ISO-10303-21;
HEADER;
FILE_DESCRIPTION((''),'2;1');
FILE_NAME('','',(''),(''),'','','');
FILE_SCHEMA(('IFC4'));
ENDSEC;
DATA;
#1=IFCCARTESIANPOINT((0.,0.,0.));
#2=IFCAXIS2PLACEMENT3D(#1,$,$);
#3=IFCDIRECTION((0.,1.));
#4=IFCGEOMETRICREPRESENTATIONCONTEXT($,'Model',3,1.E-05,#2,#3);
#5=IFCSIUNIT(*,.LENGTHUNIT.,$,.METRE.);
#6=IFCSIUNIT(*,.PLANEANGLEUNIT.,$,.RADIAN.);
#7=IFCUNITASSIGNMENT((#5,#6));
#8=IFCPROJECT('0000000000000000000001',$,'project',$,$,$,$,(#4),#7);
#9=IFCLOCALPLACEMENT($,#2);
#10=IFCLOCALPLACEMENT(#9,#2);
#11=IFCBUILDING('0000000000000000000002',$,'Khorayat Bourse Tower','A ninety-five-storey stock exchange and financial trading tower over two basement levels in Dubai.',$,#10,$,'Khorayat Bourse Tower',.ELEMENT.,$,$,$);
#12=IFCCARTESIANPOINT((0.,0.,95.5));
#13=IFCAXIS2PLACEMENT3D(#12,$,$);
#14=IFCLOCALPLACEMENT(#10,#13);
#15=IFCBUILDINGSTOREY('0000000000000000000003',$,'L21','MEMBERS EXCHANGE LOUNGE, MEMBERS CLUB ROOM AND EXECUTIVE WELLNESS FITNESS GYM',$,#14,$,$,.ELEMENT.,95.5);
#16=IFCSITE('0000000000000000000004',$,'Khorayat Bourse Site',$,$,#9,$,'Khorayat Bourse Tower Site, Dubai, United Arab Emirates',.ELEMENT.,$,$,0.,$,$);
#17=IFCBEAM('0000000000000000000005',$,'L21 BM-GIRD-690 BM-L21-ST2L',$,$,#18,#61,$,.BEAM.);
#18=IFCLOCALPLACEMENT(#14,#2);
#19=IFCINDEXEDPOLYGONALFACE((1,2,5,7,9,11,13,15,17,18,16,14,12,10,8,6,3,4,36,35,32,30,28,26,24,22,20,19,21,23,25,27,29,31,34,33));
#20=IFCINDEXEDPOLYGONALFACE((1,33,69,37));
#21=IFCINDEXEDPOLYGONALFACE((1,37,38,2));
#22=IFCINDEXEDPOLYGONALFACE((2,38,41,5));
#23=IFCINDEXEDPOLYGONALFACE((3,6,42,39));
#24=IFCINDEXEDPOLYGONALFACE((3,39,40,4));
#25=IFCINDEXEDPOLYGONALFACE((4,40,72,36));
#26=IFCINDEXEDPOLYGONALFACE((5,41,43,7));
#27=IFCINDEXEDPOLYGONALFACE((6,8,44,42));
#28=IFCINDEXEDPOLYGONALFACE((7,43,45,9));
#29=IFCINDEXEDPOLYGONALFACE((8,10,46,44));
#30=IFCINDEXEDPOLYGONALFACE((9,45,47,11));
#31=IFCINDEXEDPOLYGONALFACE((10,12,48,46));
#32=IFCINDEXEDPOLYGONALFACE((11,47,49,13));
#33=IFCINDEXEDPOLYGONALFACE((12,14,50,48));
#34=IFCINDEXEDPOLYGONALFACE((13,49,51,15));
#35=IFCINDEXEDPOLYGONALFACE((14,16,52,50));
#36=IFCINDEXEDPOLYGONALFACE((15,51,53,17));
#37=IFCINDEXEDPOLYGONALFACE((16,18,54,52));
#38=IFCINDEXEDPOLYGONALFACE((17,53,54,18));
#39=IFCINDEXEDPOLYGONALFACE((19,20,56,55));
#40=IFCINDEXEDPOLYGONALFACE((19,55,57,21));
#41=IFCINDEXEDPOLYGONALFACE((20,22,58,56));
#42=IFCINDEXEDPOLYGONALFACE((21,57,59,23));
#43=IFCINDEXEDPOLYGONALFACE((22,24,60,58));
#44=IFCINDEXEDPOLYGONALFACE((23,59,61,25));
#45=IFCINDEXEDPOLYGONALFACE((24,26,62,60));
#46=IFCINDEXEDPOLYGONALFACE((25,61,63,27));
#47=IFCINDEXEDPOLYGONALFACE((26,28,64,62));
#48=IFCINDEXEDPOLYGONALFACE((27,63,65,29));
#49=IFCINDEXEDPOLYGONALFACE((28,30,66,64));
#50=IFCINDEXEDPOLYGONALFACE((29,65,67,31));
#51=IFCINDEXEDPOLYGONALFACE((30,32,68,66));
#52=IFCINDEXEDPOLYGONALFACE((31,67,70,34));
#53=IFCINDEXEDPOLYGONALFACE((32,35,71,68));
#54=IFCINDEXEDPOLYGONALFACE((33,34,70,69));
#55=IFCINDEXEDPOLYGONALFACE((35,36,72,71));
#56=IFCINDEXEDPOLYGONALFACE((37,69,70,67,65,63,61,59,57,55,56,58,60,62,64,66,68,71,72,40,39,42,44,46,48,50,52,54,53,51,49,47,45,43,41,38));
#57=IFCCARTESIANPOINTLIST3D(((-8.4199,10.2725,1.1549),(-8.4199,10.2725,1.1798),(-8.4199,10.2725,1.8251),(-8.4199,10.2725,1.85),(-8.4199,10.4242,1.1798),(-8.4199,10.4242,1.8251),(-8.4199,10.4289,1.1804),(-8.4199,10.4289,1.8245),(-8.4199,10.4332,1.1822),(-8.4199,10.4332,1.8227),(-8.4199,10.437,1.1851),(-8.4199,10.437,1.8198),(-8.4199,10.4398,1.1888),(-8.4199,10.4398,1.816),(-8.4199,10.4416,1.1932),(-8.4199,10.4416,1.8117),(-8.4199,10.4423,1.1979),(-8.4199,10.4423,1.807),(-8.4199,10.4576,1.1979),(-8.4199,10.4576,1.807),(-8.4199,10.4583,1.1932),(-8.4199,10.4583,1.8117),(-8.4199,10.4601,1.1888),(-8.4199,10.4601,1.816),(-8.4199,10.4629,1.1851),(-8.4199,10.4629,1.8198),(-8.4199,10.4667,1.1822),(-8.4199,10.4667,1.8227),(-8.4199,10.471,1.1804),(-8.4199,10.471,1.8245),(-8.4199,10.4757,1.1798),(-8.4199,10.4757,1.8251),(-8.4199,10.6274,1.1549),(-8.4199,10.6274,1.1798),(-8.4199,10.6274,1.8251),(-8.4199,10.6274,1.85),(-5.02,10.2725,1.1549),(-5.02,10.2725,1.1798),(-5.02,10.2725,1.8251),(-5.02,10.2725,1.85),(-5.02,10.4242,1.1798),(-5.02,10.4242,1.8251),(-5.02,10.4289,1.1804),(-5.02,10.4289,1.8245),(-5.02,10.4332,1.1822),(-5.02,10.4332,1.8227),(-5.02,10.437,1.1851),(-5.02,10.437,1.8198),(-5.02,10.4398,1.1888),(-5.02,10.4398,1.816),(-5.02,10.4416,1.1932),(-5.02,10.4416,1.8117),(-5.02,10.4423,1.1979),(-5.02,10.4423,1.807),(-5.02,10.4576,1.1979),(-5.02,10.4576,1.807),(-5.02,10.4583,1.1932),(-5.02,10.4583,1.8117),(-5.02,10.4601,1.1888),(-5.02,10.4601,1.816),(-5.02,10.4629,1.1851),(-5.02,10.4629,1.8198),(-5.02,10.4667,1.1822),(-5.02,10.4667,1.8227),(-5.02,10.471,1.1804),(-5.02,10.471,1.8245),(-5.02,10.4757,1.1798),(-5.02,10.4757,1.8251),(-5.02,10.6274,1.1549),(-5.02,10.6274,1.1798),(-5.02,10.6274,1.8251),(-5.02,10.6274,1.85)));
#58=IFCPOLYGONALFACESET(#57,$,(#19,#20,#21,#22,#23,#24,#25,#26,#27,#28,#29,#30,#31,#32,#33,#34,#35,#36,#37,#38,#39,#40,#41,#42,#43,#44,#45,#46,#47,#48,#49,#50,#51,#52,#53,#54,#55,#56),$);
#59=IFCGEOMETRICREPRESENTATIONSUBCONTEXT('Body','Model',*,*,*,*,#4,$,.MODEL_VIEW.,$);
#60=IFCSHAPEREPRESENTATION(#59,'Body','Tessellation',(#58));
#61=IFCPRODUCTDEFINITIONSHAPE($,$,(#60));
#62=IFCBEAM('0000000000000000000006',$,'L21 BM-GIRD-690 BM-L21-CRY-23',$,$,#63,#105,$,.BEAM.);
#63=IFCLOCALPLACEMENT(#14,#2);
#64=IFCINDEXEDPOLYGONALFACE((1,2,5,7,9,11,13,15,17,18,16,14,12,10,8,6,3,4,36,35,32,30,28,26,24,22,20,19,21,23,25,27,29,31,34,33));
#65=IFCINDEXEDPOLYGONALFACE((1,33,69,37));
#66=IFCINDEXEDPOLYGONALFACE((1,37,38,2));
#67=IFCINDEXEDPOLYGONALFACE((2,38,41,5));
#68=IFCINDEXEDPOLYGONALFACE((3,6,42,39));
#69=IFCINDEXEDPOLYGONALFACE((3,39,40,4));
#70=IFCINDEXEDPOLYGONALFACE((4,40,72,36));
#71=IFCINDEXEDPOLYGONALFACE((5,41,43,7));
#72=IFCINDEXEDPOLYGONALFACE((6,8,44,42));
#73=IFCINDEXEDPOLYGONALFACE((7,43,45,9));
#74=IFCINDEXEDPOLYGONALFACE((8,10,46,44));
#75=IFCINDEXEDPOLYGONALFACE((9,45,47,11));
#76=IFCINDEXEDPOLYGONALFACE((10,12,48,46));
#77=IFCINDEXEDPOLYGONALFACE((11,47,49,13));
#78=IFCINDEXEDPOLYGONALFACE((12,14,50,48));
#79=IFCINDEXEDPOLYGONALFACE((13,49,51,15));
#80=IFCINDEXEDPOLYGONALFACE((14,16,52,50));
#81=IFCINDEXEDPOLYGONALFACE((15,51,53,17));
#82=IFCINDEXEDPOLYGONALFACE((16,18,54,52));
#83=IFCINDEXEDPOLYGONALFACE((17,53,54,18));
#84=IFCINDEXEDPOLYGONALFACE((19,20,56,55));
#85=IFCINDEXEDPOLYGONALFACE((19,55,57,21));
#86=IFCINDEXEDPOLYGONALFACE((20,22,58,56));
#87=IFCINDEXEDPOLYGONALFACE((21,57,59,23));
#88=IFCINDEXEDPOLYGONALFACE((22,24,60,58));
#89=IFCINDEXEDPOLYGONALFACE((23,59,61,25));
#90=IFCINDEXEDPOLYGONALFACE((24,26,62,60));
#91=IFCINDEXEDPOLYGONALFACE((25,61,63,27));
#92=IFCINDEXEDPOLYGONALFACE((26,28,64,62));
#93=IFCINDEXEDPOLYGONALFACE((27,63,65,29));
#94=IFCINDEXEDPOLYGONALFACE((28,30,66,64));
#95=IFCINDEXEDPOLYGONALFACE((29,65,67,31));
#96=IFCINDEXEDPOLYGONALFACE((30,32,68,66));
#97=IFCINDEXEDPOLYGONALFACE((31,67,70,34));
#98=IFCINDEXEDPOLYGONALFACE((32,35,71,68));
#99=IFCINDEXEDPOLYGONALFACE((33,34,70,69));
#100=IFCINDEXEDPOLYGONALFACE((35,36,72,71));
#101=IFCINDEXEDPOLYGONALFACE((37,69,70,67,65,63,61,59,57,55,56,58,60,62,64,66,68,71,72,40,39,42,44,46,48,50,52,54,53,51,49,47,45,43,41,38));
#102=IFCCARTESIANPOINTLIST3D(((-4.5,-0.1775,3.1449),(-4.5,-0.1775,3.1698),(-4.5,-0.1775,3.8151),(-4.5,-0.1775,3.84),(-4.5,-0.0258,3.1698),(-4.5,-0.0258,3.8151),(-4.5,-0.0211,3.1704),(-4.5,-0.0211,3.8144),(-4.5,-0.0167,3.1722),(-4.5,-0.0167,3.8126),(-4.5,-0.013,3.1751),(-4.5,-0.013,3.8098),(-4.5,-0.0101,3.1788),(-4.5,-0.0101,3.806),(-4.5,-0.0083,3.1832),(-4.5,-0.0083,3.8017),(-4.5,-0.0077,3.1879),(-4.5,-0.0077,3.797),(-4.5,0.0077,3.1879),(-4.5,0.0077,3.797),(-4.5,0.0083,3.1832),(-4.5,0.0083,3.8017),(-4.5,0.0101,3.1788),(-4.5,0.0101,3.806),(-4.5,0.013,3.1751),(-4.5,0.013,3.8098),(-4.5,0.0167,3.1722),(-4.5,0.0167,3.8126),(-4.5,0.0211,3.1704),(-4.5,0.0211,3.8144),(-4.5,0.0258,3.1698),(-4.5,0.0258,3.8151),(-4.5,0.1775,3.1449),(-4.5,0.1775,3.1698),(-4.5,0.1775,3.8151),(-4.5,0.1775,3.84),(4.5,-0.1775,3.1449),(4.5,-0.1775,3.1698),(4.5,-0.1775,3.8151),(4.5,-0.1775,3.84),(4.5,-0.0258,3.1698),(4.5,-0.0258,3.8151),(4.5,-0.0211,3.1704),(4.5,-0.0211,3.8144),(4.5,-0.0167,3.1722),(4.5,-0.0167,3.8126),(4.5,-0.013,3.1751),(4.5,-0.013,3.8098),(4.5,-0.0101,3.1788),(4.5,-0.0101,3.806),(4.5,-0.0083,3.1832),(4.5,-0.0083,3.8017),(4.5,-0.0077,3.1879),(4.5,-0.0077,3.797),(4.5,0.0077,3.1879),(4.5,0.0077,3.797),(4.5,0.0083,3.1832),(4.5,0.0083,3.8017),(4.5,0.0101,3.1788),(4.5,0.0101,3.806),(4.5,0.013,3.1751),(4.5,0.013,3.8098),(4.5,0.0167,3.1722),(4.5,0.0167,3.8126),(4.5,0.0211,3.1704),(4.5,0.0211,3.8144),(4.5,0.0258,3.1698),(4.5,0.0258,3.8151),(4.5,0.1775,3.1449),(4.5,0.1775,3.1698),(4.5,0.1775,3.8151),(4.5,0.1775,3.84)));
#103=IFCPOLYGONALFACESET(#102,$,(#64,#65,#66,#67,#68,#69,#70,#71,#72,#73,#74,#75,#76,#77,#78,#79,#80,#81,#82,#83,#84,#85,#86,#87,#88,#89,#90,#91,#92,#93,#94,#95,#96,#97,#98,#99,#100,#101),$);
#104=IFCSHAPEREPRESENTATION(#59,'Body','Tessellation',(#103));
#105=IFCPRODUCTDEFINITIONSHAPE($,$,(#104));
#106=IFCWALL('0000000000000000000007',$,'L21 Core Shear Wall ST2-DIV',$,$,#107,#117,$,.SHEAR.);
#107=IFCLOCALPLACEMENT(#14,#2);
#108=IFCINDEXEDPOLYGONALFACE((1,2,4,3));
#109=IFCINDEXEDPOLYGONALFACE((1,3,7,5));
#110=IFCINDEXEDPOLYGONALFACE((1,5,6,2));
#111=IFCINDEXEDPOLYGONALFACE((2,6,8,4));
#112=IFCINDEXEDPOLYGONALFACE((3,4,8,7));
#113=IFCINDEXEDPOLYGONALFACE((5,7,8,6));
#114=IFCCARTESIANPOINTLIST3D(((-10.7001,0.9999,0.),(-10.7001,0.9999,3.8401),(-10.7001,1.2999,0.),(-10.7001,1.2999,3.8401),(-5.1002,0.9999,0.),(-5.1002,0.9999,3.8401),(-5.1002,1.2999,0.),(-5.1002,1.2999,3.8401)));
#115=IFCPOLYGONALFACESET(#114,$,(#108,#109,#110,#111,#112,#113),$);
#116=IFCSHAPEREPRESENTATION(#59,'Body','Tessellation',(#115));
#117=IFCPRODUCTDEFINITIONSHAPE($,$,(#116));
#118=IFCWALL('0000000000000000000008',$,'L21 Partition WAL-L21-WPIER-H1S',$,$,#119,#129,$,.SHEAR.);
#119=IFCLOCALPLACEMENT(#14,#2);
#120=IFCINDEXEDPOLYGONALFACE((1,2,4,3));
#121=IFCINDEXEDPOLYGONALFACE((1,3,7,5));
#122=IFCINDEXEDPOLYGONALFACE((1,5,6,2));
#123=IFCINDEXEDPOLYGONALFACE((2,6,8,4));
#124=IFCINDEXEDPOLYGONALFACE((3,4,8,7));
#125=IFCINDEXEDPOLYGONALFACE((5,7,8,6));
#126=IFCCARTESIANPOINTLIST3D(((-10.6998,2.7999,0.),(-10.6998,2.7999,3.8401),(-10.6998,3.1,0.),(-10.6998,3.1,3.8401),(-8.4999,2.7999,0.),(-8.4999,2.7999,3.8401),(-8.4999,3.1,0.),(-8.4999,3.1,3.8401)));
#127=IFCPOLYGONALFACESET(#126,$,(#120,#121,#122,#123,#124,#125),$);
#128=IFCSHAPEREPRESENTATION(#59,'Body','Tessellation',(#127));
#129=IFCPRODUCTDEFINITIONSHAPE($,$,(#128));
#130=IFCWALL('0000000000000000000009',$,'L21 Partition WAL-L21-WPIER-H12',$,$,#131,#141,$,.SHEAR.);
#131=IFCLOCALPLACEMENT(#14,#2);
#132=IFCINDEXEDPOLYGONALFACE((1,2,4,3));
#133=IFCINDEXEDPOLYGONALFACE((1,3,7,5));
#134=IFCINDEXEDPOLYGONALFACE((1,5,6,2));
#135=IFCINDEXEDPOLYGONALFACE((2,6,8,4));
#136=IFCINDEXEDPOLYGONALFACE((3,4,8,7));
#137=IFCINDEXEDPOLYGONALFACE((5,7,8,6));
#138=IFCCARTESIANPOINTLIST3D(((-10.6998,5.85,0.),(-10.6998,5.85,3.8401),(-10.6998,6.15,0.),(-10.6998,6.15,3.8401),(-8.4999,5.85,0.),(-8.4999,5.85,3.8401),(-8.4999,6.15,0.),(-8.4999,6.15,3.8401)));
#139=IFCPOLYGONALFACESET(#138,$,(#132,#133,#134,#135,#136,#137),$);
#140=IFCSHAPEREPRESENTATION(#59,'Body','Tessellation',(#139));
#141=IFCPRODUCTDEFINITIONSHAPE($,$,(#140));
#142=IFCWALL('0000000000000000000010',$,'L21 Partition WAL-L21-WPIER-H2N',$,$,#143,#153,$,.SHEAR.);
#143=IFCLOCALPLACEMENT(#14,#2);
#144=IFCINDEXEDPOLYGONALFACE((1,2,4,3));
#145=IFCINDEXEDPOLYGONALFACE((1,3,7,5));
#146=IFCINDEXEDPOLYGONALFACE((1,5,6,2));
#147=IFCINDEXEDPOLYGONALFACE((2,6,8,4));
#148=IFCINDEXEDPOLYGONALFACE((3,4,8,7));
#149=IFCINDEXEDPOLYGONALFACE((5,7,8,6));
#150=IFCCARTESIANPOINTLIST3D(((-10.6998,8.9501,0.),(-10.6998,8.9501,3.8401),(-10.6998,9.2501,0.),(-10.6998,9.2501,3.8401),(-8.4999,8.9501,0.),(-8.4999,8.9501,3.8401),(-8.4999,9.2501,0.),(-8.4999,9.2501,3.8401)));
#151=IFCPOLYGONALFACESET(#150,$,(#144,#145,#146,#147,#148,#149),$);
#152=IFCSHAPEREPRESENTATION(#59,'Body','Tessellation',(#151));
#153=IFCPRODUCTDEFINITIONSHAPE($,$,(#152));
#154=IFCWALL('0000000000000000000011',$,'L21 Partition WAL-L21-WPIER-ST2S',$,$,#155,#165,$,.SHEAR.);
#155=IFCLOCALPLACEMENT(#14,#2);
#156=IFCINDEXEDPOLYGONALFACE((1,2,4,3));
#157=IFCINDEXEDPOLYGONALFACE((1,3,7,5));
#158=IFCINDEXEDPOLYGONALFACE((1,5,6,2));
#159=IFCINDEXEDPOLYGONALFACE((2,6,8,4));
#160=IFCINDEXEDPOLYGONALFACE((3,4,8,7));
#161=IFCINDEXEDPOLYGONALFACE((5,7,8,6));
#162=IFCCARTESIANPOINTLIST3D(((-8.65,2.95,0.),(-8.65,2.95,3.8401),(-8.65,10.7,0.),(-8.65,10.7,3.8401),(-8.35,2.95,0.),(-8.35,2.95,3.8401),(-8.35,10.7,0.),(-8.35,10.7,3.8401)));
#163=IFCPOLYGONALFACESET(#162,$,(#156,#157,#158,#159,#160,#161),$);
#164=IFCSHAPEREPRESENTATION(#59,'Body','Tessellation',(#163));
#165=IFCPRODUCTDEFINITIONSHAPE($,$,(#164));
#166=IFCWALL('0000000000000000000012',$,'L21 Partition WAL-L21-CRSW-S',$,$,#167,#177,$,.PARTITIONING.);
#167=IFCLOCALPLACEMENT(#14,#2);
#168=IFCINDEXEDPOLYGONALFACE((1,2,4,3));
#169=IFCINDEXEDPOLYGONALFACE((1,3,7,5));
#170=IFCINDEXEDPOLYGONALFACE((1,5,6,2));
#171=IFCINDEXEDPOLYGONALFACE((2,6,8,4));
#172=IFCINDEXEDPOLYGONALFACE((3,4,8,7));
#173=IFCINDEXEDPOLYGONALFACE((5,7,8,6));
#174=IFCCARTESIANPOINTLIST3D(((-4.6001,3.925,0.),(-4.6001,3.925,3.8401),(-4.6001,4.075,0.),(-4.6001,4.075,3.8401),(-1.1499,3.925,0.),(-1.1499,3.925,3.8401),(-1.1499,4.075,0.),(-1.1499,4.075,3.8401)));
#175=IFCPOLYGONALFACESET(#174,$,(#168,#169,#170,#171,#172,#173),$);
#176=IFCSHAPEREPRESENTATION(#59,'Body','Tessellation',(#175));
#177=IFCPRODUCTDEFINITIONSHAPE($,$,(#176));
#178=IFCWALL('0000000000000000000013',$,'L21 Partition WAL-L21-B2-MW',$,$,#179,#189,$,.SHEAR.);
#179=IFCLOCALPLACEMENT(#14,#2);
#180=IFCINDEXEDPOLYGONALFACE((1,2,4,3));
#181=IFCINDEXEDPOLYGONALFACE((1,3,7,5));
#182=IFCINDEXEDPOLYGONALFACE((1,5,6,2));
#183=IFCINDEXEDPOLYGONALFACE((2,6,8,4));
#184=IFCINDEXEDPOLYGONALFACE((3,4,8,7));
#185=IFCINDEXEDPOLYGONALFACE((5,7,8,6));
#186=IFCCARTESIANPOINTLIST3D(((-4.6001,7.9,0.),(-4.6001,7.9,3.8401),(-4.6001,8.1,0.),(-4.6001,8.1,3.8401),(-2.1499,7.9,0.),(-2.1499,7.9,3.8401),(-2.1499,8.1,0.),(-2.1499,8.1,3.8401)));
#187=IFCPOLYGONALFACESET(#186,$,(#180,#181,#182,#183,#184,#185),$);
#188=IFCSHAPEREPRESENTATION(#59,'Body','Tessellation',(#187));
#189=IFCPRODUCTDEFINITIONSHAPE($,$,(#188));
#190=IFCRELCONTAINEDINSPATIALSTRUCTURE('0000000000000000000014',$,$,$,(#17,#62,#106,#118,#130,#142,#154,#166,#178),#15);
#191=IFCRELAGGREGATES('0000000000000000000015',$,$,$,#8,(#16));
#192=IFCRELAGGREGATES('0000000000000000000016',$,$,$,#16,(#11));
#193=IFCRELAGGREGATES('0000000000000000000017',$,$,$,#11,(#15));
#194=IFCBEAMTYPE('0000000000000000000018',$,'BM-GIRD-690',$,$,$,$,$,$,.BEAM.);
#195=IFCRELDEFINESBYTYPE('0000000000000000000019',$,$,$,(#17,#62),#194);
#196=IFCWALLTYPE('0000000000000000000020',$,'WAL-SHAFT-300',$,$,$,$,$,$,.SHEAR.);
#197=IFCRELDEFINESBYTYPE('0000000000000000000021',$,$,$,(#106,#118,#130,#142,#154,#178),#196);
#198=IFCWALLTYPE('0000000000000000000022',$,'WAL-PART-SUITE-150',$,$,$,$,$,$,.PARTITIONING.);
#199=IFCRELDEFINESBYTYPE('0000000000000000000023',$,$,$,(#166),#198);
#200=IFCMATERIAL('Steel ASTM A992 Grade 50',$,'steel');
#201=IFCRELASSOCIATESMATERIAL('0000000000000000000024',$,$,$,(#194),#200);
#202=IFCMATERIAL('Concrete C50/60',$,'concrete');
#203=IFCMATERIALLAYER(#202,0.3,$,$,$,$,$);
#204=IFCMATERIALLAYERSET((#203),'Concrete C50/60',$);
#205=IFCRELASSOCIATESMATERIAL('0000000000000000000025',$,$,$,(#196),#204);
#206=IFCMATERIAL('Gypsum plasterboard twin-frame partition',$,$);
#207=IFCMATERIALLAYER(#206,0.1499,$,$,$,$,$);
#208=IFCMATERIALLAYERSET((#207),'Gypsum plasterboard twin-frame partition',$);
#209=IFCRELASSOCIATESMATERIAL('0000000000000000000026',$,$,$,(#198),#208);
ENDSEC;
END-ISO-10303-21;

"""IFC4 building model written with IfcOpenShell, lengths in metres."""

from ifc_helpers import new_model, si_unit, direction, frame, frame_2d, origin, origin_2d, place, context, subcontext, project, spatial, rectangle, i_section, extrude, source, transform, mapped, material, layer, layer_set, material_profile, profile_set, type_object, element, save


model = new_model("IFC4")

# Units and contexts
model_context = context("Model", 3, precision=1e-05, world=origin(), true_north=direction((0.0, 1.0)))
body_context = subcontext(model_context, "Body", "Model", "MODEL_VIEW")
ifc_project = project(units=[si_unit("LENGTHUNIT", "METRE"), si_unit("PLANEANGLEUNIT", "RADIAN")], contexts=[model_context])

# Site, building, storey
site_placement = place(None, origin())
site = spatial("IfcSite", under=ifc_project, at=site_placement, Name="Khorayat Bourse Site", LongName="Khorayat Bourse Tower Site, Dubai, United Arab Emirates", CompositionType="ELEMENT", RefElevation=0.0)
building_placement = place(site_placement, origin())
building = spatial("IfcBuilding", under=site, at=building_placement, Name="Khorayat Bourse Tower", Description="A ninety-five-storey stock exchange and financial trading tower over two basement levels in Dubai.", LongName="Khorayat Bourse Tower", CompositionType="ELEMENT")
storey_placement = place(building_placement, frame((0.0, 0.0, 95.5)))
storey = spatial("IfcBuildingStorey", under=building, at=storey_placement, Name="L21", Description="MEMBERS EXCHANGE LOUNGE, MEMBERS CLUB ROOM AND EXECUTIVE WELLNESS FITNESS GYM", CompositionType="ELEMENT", Elevation=95.5)

# Beams
ifc_material_1 = material(Name="Steel ASTM A992 Grade 50", Category="steel")
ifc_material_profile_1 = material_profile(ifc_material_1, i_section(OverallWidth=0.355, OverallDepth=0.6951, WebThickness=0.0154, FlangeThickness=0.0249, FilletRadius=0.0181, at=origin_2d()), Name="W690X217")
ifc_profile_set_1 = profile_set([ifc_material_profile_1], Name="Steel ASTM A992 Grade 50")
beam_type_1 = type_object("IfcBeamType", Name="BM-GIRD-690", PredefinedType="BEAM", material=ifc_profile_set_1)
shared_shape_1 = source(origin(), body_context, "Body", "SweptSolid", [
    extrude(i_section(OverallWidth=0.355, OverallDepth=0.6951, WebThickness=0.0154, FlangeThickness=0.0249, FilletRadius=0.0181, at=origin_2d()), origin(), (0.0, 0.0, 1.0), 3.3999),
])
beam_1_placement = place(storey_placement, frame((-8.4199, 10.45, 1.5024), z_axis=(1.0, 0.0, 0.0), x_axis=(0.0, 1.0, 0.0)))
element("IfcBeam", 1, at=beam_1_placement, inside=storey, type_object=beam_type_1, Name="L21 BM-GIRD-690 BM-L21-ST2L", PredefinedType="BEAM", context=body_context, shape_type="MappedRepresentation", body=[
    mapped(shared_shape_1, transform((0.0, 0.0, 0.0), scale=1.0)),
])
shared_shape_2 = source(origin(), body_context, "Body", "SweptSolid", [
    extrude(i_section(OverallWidth=0.355, OverallDepth=0.6951, WebThickness=0.0154, FlangeThickness=0.0249, FilletRadius=0.0181, at=origin_2d()), origin(), (0.0, 0.0, 1.0), 9.0),
])
beam_2_placement = place(storey_placement, frame((-4.5, 0.0, 3.4924), z_axis=(1.0, 0.0, 0.0), x_axis=(0.0, 1.0, 0.0)))
element("IfcBeam", 2, at=beam_2_placement, inside=storey, type_object=beam_type_1, Name="L21 BM-GIRD-690 BM-L21-CRY-23", PredefinedType="BEAM", context=body_context, shape_type="MappedRepresentation", body=[
    mapped(shared_shape_2, transform((0.0, 0.0, 0.0), scale=1.0)),
])

# Walls
ifc_material_2 = material(Name="Concrete C50/60", Category="concrete")
ifc_layer_1 = layer(ifc_material_2, 0.3)
ifc_layer_set_1 = layer_set([ifc_layer_1], Name="Concrete C50/60")
wall_type_1 = type_object("IfcWallType", Name="WAL-SHAFT-300", PredefinedType="SHEAR", material=ifc_layer_set_1)
shared_shape_3 = source(origin(), body_context, "Body", "SweptSolid", [
    extrude(rectangle(XDim=5.5999, YDim=0.3, at=frame_2d((2.7998, 0.0))), origin(), (0.0, 0.0, 1.0), 3.8401),
])
wall_1_placement = place(storey_placement, frame((-10.7, 1.1499, 0.0), z_axis=(0.0, 0.0, 1.0), x_axis=(1.0, 0.0, 0.0)))
element("IfcWall", 3, at=wall_1_placement, inside=storey, type_object=wall_type_1, Name="L21 Core Shear Wall ST2-DIV", PredefinedType="SHEAR", context=body_context, shape_type="MappedRepresentation", body=[
    mapped(shared_shape_3, transform((0.0, 0.0, 0.0), scale=1.0)),
])
shared_shape_4 = source(origin(), body_context, "Body", "SweptSolid", [
    extrude(rectangle(XDim=2.2, YDim=0.3, at=frame_2d((1.1001, 0.0))), origin(), (0.0, 0.0, 1.0), 3.8401),
])
for number, where, z_axis, x_axis, name in (
    (4, (-10.7, 2.95, 0.0), (0.0, 0.0, 1.0), (1.0, 0.0, 0.0), "L21 Partition WAL-L21-WPIER-H1S"),
    (5, (-10.7, 6.0, 0.0), (0.0, 0.0, 1.0), (1.0, 0.0, 0.0), "L21 Partition WAL-L21-WPIER-H12"),
    (6, (-10.7, 9.1001, 0.0), (0.0, 0.0, 1.0), (1.0, 0.0, 0.0), "L21 Partition WAL-L21-WPIER-H2N"),
):
    element("IfcWall", number, at=place(storey_placement, frame(where, z_axis=z_axis, x_axis=x_axis)), inside=storey, type_object=wall_type_1, Name=name, PredefinedType="SHEAR", context=body_context, shape_type="MappedRepresentation", body=[
        mapped(shared_shape_4, transform((0.0, 0.0, 0.0), scale=1.0)),
    ])
shared_shape_5 = source(origin(), body_context, "Body", "SweptSolid", [
    extrude(rectangle(XDim=7.75, YDim=0.3, at=frame_2d((3.875, 0.0))), origin(), (0.0, 0.0, 1.0), 3.8401),
])
wall_2_placement = place(storey_placement, frame((-8.5, 2.95, 0.0), z_axis=(0.0, 0.0, 1.0), x_axis=(0.0, 1.0, 0.0)))
element("IfcWall", 7, at=wall_2_placement, inside=storey, type_object=wall_type_1, Name="L21 Partition WAL-L21-WPIER-ST2S", PredefinedType="SHEAR", context=body_context, shape_type="MappedRepresentation", body=[
    mapped(shared_shape_5, transform((0.0, 0.0, 0.0), scale=1.0)),
])
ifc_material_3 = material(Name="Gypsum plasterboard twin-frame partition")
ifc_layer_2 = layer(ifc_material_3, 0.1499)
ifc_layer_set_2 = layer_set([ifc_layer_2], Name="Gypsum plasterboard twin-frame partition")
wall_type_2 = type_object("IfcWallType", Name="WAL-PART-SUITE-150", PredefinedType="PARTITIONING", material=ifc_layer_set_2)
shared_shape_6 = source(origin(), body_context, "Body", "SweptSolid", [
    extrude(rectangle(XDim=3.4502, YDim=0.1499, at=frame_2d((1.7251, 0.0))), origin(), (0.0, 0.0, 1.0), 3.8401),
])
wall_3_placement = place(storey_placement, frame((-4.6001, 4.0, 0.0), z_axis=(0.0, 0.0, 1.0), x_axis=(1.0, 0.0, 0.0)))
element("IfcWall", 8, at=wall_3_placement, inside=storey, type_object=wall_type_2, Name="L21 Partition WAL-L21-CRSW-S", PredefinedType="PARTITIONING", context=body_context, shape_type="MappedRepresentation", body=[
    mapped(shared_shape_6, transform((0.0, 0.0, 0.0), scale=1.0)),
])
shared_shape_7 = source(origin(), body_context, "Body", "SweptSolid", [
    extrude(rectangle(XDim=2.4502, YDim=0.2, at=frame_2d((1.2251, 0.0))), origin(), (0.0, 0.0, 1.0), 3.8401),
])
wall_4_placement = place(storey_placement, frame((-4.6001, 8.0, 0.0), z_axis=(0.0, 0.0, 1.0), x_axis=(1.0, 0.0, 0.0)))
element("IfcWall", 9, at=wall_4_placement, inside=storey, type_object=wall_type_1, Name="L21 Partition WAL-L21-B2-MW", PredefinedType="SHEAR", context=body_context, shape_type="MappedRepresentation", body=[
    mapped(shared_shape_7, transform((0.0, 0.0, 0.0), scale=1.0)),
])

save(model, "model.ifc")
